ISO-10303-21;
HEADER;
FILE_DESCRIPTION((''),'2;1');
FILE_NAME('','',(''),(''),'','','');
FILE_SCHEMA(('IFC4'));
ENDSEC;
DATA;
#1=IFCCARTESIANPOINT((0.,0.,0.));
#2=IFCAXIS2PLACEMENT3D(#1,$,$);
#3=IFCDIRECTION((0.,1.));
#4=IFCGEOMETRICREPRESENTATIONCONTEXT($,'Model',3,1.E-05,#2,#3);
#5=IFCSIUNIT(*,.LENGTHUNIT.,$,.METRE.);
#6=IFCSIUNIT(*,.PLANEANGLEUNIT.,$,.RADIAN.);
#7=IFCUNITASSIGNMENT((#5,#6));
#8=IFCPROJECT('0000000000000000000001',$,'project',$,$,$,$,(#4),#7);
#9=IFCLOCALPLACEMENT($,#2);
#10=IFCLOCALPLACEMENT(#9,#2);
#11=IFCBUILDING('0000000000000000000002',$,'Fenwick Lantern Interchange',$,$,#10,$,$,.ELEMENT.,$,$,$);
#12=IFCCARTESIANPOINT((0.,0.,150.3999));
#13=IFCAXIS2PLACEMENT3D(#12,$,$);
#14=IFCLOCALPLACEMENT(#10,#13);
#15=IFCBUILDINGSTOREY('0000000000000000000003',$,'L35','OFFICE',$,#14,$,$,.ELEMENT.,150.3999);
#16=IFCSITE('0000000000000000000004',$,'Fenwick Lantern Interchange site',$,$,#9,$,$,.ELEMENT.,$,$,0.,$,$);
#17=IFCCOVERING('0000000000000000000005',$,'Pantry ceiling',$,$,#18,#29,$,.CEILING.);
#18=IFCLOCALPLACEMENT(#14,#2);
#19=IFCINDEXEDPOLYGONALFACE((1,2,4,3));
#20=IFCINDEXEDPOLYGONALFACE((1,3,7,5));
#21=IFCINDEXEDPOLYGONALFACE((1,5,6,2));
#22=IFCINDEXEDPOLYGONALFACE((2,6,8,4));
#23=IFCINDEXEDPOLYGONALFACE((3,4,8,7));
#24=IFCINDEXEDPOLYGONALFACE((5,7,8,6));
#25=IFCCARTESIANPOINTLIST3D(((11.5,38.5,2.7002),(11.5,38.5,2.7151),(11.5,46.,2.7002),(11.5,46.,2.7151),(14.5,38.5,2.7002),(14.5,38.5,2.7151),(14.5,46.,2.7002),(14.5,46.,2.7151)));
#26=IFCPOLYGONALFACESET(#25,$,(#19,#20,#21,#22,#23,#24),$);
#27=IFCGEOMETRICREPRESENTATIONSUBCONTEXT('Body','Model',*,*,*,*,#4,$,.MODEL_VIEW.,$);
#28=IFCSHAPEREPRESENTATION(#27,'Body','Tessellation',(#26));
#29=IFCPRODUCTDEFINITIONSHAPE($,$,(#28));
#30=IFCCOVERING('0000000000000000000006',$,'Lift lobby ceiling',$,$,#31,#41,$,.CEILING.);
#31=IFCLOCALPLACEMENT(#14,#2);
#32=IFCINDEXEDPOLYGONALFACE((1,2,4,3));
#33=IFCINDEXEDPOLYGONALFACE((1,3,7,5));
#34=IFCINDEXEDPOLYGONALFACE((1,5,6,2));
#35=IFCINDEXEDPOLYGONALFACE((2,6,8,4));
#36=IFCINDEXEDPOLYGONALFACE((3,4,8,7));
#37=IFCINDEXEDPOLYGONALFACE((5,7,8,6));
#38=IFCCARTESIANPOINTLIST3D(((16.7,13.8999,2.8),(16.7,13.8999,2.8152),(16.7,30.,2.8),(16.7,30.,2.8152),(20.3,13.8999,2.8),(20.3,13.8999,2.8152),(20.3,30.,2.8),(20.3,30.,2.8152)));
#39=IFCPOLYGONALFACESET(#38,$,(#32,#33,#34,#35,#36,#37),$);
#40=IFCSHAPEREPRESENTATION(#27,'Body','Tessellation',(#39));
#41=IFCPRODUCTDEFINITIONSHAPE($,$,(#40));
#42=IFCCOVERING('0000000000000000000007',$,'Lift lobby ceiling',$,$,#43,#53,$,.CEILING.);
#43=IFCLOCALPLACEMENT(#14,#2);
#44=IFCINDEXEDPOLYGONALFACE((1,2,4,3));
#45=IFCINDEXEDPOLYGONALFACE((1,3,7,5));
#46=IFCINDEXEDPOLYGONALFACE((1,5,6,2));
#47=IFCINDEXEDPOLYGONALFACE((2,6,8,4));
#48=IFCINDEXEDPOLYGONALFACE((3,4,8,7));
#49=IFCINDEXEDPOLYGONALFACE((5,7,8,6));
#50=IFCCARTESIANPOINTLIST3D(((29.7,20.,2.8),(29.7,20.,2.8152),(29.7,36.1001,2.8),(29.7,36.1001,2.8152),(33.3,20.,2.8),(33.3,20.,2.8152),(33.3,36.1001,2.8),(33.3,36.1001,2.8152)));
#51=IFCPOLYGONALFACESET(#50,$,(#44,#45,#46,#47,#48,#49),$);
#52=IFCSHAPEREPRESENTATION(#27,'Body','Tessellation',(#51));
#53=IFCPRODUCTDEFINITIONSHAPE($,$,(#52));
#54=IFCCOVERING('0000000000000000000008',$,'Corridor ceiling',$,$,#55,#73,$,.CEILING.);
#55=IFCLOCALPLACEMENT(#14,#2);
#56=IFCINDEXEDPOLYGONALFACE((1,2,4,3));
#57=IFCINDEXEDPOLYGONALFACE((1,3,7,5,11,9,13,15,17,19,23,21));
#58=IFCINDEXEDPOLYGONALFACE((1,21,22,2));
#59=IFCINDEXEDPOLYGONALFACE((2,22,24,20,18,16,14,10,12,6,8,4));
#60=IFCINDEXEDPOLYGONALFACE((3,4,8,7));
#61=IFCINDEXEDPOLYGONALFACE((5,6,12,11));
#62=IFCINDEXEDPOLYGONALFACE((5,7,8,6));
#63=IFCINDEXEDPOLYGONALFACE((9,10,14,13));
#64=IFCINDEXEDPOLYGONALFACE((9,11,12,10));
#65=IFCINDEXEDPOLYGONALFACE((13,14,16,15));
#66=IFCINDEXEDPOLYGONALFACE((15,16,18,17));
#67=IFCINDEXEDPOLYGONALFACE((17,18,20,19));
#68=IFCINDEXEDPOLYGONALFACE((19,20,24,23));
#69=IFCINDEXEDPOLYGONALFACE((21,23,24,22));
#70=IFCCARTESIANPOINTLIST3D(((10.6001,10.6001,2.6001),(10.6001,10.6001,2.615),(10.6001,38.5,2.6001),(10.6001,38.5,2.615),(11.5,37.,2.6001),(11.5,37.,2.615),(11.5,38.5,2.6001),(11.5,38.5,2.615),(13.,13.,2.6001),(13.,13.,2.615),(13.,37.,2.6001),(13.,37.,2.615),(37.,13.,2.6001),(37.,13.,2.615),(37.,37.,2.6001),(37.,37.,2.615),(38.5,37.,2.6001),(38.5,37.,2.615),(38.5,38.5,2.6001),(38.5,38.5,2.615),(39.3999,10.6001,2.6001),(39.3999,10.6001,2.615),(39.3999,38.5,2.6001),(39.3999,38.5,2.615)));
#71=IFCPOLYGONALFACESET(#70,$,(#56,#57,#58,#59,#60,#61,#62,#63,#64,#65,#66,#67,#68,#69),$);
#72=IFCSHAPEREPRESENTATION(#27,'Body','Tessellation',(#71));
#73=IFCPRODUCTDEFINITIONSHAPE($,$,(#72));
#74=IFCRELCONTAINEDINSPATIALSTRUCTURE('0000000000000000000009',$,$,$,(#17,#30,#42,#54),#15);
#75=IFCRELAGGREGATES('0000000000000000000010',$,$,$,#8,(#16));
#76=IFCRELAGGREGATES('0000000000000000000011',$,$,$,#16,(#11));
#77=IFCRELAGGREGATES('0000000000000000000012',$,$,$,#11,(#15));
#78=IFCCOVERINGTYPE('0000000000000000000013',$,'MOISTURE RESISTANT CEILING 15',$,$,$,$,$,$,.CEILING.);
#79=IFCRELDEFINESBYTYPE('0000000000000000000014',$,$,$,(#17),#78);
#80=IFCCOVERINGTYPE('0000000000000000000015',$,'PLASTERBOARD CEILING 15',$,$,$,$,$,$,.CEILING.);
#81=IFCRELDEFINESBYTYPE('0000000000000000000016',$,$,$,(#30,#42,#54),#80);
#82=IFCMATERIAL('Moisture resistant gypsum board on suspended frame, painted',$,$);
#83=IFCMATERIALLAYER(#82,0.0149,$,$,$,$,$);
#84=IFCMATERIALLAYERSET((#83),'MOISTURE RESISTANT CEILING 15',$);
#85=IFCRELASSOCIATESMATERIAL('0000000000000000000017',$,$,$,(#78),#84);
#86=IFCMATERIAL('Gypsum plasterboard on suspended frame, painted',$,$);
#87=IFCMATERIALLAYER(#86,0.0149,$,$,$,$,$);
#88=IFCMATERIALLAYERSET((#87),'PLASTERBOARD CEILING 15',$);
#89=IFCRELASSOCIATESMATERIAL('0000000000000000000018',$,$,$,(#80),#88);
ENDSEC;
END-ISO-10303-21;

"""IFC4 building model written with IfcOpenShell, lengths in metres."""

from ifc_helpers import new_model, si_unit, direction, frame, origin, place, context, subcontext, project, spatial, polyline, outline, extrude, material, layer, layer_set, type_object, element, save


model = new_model("IFC4")

# Units and contexts
model_context = context("Model", 3, precision=1e-05, world=origin(), true_north=direction((0.0, 1.0)))
body_context = subcontext(model_context, "Body", "Model", "MODEL_VIEW")
ifc_project = project(units=[si_unit("LENGTHUNIT", "METRE"), si_unit("PLANEANGLEUNIT", "RADIAN")], contexts=[model_context])

# Site, building, storey
site_placement = place(None, origin())
site = spatial("IfcSite", under=ifc_project, at=site_placement, Name="Fenwick Lantern Interchange site", CompositionType="ELEMENT", RefElevation=0.0)
building_placement = place(site_placement, origin())
building = spatial("IfcBuilding", under=site, at=building_placement, Name="Fenwick Lantern Interchange", CompositionType="ELEMENT")
storey_placement = place(building_placement, frame((0.0, 0.0, 150.3999)))
storey = spatial("IfcBuildingStorey", under=building, at=storey_placement, Name="L35", Description="OFFICE", CompositionType="ELEMENT", Elevation=150.3999)

# Coverings
ifc_material_1 = material(Name="Moisture resistant gypsum board on suspended frame, painted")
ifc_layer_1 = layer(ifc_material_1, 0.0149)
ifc_layer_set_1 = layer_set([ifc_layer_1], Name="MOISTURE RESISTANT CEILING 15")
covering_type_1 = type_object("IfcCoveringType", Name="MOISTURE RESISTANT CEILING 15", PredefinedType="CEILING", material=ifc_layer_set_1)
covering_1_placement = place(storey_placement, frame((0.0, 0.0, 2.7002)))
element("IfcCovering", 1, at=covering_1_placement, inside=storey, type_object=covering_type_1, Name="Pantry ceiling", PredefinedType="CEILING", context=body_context, shape_type="SweptSolid", body=[
    extrude(outline(polyline([(14.5, 46.0), (11.5, 46.0), (11.5, 38.5), (14.5, 38.5), (14.5, 46.0)])), origin(), (0.0, 0.0, 1.0), 0.0149),
])
ifc_material_2 = material(Name="Gypsum plasterboard on suspended frame, painted")
ifc_layer_2 = layer(ifc_material_2, 0.0149)
ifc_layer_set_2 = layer_set([ifc_layer_2], Name="PLASTERBOARD CEILING 15")
covering_type_2 = type_object("IfcCoveringType", Name="PLASTERBOARD CEILING 15", PredefinedType="CEILING", material=ifc_layer_set_2)
covering_2_placement = place(storey_placement, frame((0.0, 0.0, 2.8)))
element("IfcCovering", 2, at=covering_2_placement, inside=storey, type_object=covering_type_2, Name="Lift lobby ceiling", PredefinedType="CEILING", context=body_context, shape_type="SweptSolid", body=[
    extrude(outline(polyline([(16.7, 13.8999), (20.3, 13.8999), (20.3, 30.0), (16.7, 30.0), (16.7, 13.8999)])), origin(), (0.0, 0.0, 1.0), 0.0151),
])
covering_3_placement = place(storey_placement, frame((0.0, 0.0, 2.8)))
element("IfcCovering", 3, at=covering_3_placement, inside=storey, type_object=covering_type_2, Name="Lift lobby ceiling", PredefinedType="CEILING", context=body_context, shape_type="SweptSolid", body=[
    extrude(outline(polyline([(33.3, 36.1001), (29.7, 36.1001), (29.7, 20.0), (33.3, 20.0), (33.3, 36.1001)])), origin(), (0.0, 0.0, 1.0), 0.0151),
])
covering_4_placement = place(storey_placement, frame((0.0, 0.0, 2.6001)))
element("IfcCovering", 4, at=covering_4_placement, inside=storey, type_object=covering_type_2, Name="Corridor ceiling", PredefinedType="CEILING", context=body_context, shape_type="SweptSolid", body=[
    extrude(outline(polyline([(10.6001, 38.5), (10.6001, 10.6001), (39.3999, 10.6001), (39.3999, 38.5), (38.5, 38.5), (38.5, 37.0), (37.0, 37.0), (37.0, 13.0), (13.0, 13.0), (13.0, 37.0), (11.5, 37.0), (11.5, 38.5), (10.6001, 38.5)])), origin(), (0.0, 0.0, 1.0), 0.0149),
])

save(model, "model.ifc")
